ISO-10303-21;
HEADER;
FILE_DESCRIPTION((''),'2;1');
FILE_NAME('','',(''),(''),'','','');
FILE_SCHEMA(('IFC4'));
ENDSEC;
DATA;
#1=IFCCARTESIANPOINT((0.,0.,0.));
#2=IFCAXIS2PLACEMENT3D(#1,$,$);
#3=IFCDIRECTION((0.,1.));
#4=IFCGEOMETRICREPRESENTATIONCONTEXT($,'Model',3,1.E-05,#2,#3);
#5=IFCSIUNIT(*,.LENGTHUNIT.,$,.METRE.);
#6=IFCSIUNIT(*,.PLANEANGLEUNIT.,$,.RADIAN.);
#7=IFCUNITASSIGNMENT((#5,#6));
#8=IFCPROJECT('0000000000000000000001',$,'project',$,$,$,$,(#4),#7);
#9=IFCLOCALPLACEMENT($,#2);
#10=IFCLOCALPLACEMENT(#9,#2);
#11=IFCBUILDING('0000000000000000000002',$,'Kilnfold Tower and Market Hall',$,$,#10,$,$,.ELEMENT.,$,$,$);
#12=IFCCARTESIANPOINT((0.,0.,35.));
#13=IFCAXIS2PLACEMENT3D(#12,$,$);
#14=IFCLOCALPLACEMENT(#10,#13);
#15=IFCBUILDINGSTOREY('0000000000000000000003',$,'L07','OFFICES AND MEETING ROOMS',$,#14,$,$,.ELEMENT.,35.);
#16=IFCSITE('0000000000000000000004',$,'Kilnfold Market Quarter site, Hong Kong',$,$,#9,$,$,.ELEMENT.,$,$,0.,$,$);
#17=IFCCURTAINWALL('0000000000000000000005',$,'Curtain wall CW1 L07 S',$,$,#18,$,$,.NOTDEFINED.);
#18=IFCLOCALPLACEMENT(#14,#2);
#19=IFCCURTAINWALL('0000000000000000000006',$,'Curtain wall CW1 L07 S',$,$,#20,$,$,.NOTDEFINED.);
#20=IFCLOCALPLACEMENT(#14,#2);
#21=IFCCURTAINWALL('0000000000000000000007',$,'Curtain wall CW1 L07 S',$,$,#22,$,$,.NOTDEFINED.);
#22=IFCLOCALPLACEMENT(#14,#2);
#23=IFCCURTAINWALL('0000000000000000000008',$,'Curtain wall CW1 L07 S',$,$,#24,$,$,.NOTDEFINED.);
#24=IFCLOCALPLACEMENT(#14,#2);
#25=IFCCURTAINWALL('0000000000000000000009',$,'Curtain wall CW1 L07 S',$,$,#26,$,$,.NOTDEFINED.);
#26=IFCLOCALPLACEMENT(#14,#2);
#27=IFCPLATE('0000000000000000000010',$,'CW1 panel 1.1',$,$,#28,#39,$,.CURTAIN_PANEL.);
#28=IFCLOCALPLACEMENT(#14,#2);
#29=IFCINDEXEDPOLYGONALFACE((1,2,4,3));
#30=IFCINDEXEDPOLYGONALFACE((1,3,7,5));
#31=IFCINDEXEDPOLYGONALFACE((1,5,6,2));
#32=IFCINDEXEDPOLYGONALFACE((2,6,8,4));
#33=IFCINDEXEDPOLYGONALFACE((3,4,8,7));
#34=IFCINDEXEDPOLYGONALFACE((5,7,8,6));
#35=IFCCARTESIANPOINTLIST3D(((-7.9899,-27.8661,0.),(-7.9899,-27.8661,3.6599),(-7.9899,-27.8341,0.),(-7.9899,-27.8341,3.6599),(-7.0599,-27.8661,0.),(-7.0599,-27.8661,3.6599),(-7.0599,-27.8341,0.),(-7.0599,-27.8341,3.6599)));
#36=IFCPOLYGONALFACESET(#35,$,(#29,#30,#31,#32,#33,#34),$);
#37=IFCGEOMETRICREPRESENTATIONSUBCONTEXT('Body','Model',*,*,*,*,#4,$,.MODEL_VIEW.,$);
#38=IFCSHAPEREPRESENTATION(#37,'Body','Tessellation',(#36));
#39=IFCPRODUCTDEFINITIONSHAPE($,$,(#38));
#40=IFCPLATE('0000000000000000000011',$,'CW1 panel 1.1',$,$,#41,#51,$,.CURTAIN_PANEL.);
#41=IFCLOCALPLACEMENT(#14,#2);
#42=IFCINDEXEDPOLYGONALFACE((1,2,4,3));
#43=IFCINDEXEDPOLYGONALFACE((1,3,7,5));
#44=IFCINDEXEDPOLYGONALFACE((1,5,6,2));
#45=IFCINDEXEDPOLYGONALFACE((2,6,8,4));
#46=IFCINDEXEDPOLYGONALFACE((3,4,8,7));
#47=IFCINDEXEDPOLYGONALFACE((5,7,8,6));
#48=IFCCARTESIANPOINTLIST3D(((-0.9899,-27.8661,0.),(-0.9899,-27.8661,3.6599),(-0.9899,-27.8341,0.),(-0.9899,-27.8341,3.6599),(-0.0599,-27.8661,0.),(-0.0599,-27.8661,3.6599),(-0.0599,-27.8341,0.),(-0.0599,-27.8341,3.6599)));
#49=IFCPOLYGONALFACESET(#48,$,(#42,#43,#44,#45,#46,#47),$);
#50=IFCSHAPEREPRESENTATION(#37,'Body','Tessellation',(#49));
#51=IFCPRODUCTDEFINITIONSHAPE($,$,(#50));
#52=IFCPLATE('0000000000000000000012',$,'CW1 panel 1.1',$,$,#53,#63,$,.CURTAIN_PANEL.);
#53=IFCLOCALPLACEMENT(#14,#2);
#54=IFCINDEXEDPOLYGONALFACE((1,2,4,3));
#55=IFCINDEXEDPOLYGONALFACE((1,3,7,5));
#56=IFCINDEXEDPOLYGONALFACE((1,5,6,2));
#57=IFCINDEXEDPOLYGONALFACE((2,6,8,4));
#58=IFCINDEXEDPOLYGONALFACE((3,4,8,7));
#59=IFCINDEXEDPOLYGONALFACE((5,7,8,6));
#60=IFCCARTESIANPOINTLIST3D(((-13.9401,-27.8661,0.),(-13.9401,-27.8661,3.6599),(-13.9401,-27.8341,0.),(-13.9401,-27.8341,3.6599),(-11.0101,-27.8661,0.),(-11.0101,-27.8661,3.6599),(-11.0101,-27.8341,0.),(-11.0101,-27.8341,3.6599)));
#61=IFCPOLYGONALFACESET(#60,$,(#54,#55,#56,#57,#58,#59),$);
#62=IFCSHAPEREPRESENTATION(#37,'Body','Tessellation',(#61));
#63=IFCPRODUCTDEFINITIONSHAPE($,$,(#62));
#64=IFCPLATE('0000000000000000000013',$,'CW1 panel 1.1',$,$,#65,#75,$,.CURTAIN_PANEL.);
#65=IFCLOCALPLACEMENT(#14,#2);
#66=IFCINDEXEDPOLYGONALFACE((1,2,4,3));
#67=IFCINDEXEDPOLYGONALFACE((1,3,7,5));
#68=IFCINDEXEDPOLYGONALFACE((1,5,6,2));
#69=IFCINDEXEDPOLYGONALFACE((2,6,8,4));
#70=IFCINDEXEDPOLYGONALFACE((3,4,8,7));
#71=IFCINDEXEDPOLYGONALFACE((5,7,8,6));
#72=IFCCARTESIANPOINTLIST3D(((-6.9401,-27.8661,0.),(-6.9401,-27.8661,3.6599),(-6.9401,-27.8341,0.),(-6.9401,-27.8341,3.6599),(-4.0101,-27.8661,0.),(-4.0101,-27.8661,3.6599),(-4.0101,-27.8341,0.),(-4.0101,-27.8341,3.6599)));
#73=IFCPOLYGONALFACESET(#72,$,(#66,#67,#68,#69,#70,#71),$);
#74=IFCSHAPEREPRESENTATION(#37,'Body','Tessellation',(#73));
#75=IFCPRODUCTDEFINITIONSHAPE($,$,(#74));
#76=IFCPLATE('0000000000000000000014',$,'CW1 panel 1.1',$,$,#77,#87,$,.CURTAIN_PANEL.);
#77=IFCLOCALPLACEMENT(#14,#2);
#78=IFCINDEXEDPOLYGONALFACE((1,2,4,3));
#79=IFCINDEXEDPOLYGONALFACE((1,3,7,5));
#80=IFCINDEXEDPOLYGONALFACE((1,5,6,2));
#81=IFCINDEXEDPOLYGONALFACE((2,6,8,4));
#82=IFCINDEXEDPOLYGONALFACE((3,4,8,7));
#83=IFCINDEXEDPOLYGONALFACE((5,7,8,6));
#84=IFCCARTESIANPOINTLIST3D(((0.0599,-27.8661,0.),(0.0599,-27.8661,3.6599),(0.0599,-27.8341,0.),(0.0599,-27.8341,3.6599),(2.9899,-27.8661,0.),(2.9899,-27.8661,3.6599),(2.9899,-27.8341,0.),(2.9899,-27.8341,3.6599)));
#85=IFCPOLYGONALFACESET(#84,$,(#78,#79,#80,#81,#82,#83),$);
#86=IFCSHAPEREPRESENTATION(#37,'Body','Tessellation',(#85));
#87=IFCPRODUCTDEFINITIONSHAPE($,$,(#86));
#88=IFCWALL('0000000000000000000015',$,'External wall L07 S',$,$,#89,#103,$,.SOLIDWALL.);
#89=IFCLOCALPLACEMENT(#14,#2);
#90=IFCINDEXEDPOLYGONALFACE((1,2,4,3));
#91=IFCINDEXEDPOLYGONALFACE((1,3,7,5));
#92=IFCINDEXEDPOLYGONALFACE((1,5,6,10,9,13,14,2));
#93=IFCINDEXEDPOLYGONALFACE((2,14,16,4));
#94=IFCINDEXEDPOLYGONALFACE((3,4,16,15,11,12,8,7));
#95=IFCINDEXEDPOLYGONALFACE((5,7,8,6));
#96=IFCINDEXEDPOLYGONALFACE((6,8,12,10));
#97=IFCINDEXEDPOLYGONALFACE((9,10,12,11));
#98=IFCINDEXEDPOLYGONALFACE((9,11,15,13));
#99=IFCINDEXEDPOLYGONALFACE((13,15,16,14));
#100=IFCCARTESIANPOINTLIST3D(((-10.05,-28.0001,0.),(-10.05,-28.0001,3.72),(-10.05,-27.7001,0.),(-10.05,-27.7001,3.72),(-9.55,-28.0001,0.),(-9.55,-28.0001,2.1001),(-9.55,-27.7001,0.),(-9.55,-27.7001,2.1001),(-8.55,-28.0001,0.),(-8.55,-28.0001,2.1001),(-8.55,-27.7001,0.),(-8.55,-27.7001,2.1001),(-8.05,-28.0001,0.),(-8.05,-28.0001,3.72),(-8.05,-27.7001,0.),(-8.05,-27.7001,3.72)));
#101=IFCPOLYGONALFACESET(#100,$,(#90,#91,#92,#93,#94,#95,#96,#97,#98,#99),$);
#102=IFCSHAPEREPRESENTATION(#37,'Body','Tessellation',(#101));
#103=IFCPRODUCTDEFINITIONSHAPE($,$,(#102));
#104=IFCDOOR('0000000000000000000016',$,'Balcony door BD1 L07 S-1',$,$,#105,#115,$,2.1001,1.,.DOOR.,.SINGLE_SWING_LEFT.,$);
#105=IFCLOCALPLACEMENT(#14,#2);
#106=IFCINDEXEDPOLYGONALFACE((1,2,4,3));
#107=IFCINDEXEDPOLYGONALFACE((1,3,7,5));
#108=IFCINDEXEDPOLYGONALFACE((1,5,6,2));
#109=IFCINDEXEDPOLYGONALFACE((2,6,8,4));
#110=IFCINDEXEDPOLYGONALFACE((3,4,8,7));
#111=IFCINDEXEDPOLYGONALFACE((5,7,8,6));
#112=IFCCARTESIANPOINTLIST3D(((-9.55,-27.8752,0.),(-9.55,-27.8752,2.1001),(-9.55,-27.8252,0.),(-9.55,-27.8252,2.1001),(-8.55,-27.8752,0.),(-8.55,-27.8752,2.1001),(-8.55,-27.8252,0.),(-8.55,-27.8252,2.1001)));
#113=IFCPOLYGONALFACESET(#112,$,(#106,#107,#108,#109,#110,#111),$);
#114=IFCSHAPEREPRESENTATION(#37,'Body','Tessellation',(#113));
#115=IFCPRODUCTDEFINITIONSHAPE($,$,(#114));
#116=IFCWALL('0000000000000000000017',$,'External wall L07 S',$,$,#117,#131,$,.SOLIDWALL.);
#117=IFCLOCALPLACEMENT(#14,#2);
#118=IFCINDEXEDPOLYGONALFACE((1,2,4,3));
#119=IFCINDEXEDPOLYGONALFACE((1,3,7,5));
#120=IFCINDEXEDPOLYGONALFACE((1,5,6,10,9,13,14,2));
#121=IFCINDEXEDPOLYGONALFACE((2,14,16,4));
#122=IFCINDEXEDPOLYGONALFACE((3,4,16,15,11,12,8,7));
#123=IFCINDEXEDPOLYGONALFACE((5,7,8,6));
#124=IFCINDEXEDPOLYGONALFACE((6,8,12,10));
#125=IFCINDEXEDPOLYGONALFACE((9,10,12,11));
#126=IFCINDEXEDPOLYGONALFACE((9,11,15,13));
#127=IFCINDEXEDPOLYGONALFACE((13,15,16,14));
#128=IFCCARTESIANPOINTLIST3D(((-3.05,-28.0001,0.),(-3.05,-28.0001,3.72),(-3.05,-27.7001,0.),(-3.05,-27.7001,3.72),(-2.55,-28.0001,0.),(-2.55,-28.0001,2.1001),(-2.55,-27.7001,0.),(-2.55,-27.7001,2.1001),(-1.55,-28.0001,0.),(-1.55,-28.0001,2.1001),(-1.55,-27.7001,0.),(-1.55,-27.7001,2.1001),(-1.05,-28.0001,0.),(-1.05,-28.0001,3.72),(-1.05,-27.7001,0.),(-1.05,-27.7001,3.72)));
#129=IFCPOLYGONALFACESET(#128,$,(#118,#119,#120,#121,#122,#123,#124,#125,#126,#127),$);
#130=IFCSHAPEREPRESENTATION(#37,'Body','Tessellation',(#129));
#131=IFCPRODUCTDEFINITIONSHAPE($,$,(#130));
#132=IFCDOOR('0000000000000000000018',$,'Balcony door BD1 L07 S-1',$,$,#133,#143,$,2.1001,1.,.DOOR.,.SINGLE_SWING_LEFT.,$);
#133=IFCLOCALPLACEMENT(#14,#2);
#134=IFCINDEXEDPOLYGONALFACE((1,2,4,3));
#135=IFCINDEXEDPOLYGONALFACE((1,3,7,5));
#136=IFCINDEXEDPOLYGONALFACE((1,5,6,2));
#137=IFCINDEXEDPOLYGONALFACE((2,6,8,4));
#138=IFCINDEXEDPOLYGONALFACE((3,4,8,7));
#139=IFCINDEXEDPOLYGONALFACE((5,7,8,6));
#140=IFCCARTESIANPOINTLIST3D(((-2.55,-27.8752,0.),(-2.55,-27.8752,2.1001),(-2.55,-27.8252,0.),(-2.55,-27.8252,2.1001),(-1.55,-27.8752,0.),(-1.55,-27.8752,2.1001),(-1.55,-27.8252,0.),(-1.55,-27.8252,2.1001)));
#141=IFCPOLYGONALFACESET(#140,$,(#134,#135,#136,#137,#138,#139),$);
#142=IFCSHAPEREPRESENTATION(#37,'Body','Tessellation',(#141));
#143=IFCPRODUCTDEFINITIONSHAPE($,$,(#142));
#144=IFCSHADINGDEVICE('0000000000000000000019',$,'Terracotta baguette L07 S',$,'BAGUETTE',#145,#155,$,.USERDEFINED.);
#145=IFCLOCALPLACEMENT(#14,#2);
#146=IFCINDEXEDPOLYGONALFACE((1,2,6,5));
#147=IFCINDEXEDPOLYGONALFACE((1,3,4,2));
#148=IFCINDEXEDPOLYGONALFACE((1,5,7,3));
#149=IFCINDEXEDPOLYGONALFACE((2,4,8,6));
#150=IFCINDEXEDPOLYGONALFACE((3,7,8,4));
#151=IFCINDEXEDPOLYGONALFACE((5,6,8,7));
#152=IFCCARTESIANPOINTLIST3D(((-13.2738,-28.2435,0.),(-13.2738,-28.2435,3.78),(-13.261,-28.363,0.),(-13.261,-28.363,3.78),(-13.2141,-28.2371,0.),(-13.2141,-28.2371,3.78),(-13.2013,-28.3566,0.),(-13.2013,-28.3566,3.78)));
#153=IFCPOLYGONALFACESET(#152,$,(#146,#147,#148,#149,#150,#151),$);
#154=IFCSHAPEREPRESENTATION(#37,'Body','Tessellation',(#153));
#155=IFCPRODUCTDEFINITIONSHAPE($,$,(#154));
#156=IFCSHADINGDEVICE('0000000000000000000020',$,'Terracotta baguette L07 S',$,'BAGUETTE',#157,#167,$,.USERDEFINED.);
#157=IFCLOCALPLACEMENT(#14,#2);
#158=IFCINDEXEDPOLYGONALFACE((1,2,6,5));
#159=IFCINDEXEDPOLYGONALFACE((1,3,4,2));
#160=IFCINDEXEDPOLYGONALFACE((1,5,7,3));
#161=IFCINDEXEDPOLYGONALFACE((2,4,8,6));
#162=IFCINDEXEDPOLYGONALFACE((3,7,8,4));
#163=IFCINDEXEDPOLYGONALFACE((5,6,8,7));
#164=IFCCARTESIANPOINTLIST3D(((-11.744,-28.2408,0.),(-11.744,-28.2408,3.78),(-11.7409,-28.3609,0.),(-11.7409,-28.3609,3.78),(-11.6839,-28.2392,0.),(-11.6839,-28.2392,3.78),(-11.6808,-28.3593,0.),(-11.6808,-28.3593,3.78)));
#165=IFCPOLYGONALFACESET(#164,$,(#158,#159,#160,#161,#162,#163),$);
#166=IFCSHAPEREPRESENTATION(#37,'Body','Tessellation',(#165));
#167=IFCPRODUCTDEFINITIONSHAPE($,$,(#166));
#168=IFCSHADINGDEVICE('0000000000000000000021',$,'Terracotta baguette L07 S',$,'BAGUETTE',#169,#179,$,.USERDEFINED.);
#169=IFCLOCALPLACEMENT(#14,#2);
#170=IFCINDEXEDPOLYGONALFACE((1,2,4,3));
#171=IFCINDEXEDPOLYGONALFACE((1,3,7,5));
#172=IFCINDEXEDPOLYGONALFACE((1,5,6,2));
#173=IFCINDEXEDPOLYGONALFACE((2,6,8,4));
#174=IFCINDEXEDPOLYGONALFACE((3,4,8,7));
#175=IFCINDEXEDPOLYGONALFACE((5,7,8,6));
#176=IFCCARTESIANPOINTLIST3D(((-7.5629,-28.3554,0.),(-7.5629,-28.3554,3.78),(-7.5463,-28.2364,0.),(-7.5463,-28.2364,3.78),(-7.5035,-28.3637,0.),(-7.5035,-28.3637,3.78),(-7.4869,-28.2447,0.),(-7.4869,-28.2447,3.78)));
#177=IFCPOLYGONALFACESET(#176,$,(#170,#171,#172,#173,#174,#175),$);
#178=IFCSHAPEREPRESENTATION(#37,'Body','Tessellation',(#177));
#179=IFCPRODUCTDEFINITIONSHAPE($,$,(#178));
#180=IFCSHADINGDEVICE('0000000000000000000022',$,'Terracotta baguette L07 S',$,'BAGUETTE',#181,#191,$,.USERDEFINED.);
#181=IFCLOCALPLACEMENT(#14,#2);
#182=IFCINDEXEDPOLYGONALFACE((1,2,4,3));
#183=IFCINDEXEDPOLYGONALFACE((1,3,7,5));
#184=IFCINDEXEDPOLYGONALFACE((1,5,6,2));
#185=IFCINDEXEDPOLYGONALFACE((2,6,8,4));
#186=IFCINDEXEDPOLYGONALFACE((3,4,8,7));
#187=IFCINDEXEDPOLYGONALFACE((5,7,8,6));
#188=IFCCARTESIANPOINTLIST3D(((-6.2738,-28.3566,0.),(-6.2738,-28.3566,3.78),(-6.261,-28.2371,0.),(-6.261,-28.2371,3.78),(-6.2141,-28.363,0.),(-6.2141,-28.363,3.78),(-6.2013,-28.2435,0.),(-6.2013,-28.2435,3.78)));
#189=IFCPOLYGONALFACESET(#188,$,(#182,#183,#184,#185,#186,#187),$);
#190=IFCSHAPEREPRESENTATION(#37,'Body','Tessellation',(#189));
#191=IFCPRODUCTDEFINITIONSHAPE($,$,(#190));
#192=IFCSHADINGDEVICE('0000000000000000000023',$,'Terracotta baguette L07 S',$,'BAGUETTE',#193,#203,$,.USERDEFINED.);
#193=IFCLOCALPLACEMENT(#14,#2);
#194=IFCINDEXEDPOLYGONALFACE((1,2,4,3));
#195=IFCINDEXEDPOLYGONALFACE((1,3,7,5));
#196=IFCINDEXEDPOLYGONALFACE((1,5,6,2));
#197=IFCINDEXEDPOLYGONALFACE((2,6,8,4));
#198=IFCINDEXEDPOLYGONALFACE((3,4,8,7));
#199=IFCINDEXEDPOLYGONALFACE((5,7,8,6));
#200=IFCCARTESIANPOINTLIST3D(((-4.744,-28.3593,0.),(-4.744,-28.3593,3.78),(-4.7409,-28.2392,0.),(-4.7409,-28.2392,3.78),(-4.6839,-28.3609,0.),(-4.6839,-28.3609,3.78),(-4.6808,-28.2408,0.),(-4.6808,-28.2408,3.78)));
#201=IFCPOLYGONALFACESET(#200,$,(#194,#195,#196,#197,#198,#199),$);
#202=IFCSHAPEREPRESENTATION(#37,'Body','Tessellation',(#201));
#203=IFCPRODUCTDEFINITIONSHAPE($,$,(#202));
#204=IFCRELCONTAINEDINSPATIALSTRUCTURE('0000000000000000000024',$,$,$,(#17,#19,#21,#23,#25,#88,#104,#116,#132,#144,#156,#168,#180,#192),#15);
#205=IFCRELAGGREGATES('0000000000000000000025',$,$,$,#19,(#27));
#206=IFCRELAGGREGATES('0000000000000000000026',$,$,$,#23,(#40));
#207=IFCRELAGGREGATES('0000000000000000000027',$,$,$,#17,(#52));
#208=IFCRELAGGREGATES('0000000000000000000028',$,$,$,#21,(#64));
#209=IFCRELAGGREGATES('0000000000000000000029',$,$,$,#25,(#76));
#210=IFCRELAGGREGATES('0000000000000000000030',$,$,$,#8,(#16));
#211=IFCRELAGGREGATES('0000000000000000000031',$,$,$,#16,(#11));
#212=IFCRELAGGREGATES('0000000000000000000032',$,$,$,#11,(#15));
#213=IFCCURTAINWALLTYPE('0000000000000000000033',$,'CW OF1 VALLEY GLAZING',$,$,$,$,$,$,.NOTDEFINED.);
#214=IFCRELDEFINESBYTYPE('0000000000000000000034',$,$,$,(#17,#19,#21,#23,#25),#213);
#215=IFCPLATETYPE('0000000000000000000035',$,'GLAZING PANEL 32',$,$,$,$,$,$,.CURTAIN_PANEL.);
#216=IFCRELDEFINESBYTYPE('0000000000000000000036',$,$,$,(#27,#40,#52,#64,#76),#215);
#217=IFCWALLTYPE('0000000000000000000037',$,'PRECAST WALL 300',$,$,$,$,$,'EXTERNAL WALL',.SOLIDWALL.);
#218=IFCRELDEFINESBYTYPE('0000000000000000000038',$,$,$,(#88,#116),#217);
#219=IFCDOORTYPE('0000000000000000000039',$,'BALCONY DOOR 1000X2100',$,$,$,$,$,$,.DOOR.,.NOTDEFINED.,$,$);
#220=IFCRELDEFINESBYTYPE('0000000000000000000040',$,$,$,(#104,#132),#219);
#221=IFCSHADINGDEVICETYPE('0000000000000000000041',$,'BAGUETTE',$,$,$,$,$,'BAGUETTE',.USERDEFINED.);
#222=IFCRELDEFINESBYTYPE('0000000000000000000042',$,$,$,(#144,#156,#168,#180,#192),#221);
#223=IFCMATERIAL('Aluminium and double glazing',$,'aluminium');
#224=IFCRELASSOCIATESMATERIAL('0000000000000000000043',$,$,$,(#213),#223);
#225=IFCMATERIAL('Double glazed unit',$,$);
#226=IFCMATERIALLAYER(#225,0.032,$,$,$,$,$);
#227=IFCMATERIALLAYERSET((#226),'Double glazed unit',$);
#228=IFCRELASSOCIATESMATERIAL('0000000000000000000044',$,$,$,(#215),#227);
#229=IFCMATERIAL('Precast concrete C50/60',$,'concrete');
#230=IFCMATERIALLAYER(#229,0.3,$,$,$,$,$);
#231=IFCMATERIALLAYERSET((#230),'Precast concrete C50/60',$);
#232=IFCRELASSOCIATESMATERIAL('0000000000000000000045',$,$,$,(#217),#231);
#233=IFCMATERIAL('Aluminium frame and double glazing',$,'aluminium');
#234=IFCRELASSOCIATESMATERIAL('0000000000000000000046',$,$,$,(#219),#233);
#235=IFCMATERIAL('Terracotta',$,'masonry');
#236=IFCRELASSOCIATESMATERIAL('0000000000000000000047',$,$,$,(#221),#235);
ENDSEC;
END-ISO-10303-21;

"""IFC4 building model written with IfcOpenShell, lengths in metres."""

from ifc_helpers import new_model, si_unit, direction, frame, frame_2d, origin, origin_2d, place, context, subcontext, project, spatial, rectangle, extrude, source, transform, mapped, material, layer, layer_set, material_profile, profile_set, type_object, element, fill, aggregate, save


model = new_model("IFC4")

# Units and contexts
model_context = context("Model", 3, precision=1e-05, world=origin(), true_north=direction((0.0, 1.0)))
body_context = subcontext(model_context, "Body", "Model", "MODEL_VIEW")
ifc_project = project(units=[si_unit("LENGTHUNIT", "METRE"), si_unit("PLANEANGLEUNIT", "RADIAN")], contexts=[model_context])

# Site, building, storey
site_placement = place(None, origin())
site = spatial("IfcSite", under=ifc_project, at=site_placement, Name="Kilnfold Market Quarter site, Hong Kong", CompositionType="ELEMENT", RefElevation=0.0)
building_placement = place(site_placement, origin())
building = spatial("IfcBuilding", under=site, at=building_placement, Name="Kilnfold Tower and Market Hall", CompositionType="ELEMENT")
storey_placement = place(building_placement, frame((0.0, 0.0, 35.0)))
storey = spatial("IfcBuildingStorey", under=building, at=storey_placement, Name="L07", Description="OFFICES AND MEETING ROOMS", CompositionType="ELEMENT", Elevation=35.0)

# Curtain wall
ifc_material_1 = material(Name="Aluminium and double glazing", Category="aluminium")
curtain_wall_type = type_object("IfcCurtainWallType", Name="CW OF1 VALLEY GLAZING", PredefinedType="NOTDEFINED", material=ifc_material_1)
curtain_wall_1_placement = place(storey_placement, origin())
curtain_wall_1 = element("IfcCurtainWall", 1, at=curtain_wall_1_placement, inside=storey, type_object=curtain_wall_type, Name="Curtain wall CW1 L07 S", PredefinedType="NOTDEFINED")

# Curtain walls
curtain_wall_2_placement = place(storey_placement, origin())
curtain_wall_2 = element("IfcCurtainWall", 2, at=curtain_wall_2_placement, inside=storey, type_object=curtain_wall_type, Name="Curtain wall CW1 L07 S", PredefinedType="NOTDEFINED")
curtain_wall_3_placement = place(storey_placement, origin())
curtain_wall_3 = element("IfcCurtainWall", 3, at=curtain_wall_3_placement, inside=storey, type_object=curtain_wall_type, Name="Curtain wall CW1 L07 S", PredefinedType="NOTDEFINED")
curtain_wall_4_placement = place(storey_placement, origin())
curtain_wall_4 = element("IfcCurtainWall", 4, at=curtain_wall_4_placement, inside=storey, type_object=curtain_wall_type, Name="Curtain wall CW1 L07 S", PredefinedType="NOTDEFINED")
curtain_wall_5_placement = place(storey_placement, origin())
curtain_wall_5 = element("IfcCurtainWall", 5, at=curtain_wall_5_placement, inside=storey, type_object=curtain_wall_type, Name="Curtain wall CW1 L07 S", PredefinedType="NOTDEFINED")

# Plates
ifc_material_2 = material(Name="Double glazed unit")
ifc_layer_1 = layer(ifc_material_2, 0.032)
ifc_layer_set_1 = layer_set([ifc_layer_1], Name="Double glazed unit")
plate_type = type_object("IfcPlateType", Name="GLAZING PANEL 32", PredefinedType="CURTAIN_PANEL", material=ifc_layer_set_1)
shared_shape_1 = source(origin(), body_context, "Body", "SweptSolid", [
    extrude(rectangle(XDim=0.9299, YDim=0.032, at=origin_2d()), origin(), (0.0, 0.0, 1.0), 3.6599),
])
plate_1_placement = place(storey_placement, frame((-7.5249, -27.8501, 0.0), z_axis=(0.0, 0.0, 1.0), x_axis=(1.0, 0.0, 0.0)))
plate_1 = element("IfcPlate", 6, at=plate_1_placement, type_object=plate_type, Name="CW1 panel 1.1", PredefinedType="CURTAIN_PANEL", context=body_context, shape_type="MappedRepresentation", body=[
    mapped(shared_shape_1, transform((0.0, 0.0, 0.0))),
])
aggregate(curtain_wall_2, [plate_1])
plate_2_placement = place(storey_placement, frame((-0.5249, -27.8501, 0.0), z_axis=(0.0, 0.0, 1.0), x_axis=(1.0, 0.0, 0.0)))
plate_2 = element("IfcPlate", 7, at=plate_2_placement, type_object=plate_type, Name="CW1 panel 1.1", PredefinedType="CURTAIN_PANEL", context=body_context, shape_type="MappedRepresentation", body=[
    mapped(shared_shape_1, transform((0.0, 0.0, 0.0))),
])
aggregate(curtain_wall_4, [plate_2])
shared_shape_2 = source(origin(), body_context, "Body", "SweptSolid", [
    extrude(rectangle(XDim=2.9299, YDim=0.032, at=origin_2d()), origin(), (0.0, 0.0, 1.0), 3.6599),
])
plate_3_placement = place(storey_placement, frame((-12.4751, -27.8501, 0.0), z_axis=(0.0, 0.0, 1.0), x_axis=(1.0, 0.0, 0.0)))
plate_3 = element("IfcPlate", 8, at=plate_3_placement, type_object=plate_type, Name="CW1 panel 1.1", PredefinedType="CURTAIN_PANEL", context=body_context, shape_type="MappedRepresentation", body=[
    mapped(shared_shape_2, transform((0.0, 0.0, 0.0))),
])
aggregate(curtain_wall_1, [plate_3])
plate_4_placement = place(storey_placement, frame((-5.4751, -27.8501, 0.0), z_axis=(0.0, 0.0, 1.0), x_axis=(1.0, 0.0, 0.0)))
plate_4 = element("IfcPlate", 9, at=plate_4_placement, type_object=plate_type, Name="CW1 panel 1.1", PredefinedType="CURTAIN_PANEL", context=body_context, shape_type="MappedRepresentation", body=[
    mapped(shared_shape_2, transform((0.0, 0.0, 0.0))),
])
aggregate(curtain_wall_3, [plate_4])
plate_5_placement = place(storey_placement, frame((1.5249, -27.8501, 0.0), z_axis=(0.0, 0.0, 1.0), x_axis=(1.0, 0.0, 0.0)))
plate_5 = element("IfcPlate", 10, at=plate_5_placement, type_object=plate_type, Name="CW1 panel 1.1", PredefinedType="CURTAIN_PANEL", context=body_context, shape_type="MappedRepresentation", body=[
    mapped(shared_shape_2, transform((0.0, 0.0, 0.0))),
])
aggregate(curtain_wall_5, [plate_5])

# Walls, openings, doors
ifc_material_3 = material(Name="Precast concrete C50/60", Category="concrete")
ifc_layer_2 = layer(ifc_material_3, 0.3)
ifc_layer_set_2 = layer_set([ifc_layer_2], Name="Precast concrete C50/60")
wall_type = type_object("IfcWallType", Name="PRECAST WALL 300", ElementType="EXTERNAL WALL", PredefinedType="SOLIDWALL", material=ifc_layer_set_2)
shared_shape_3 = source(origin(), body_context, "Body", "SweptSolid", [
    extrude(rectangle(XDim=2.0, YDim=0.3, at=frame_2d((1.0, 0.0))), origin(), (0.0, 0.0, 1.0), 3.72),
])
wall_1_placement = place(storey_placement, frame((-10.05, -27.8501, 0.0), z_axis=(0.0, 0.0, 1.0), x_axis=(1.0, 0.0, 0.0)))
wall_1 = element("IfcWall", 11, at=wall_1_placement, inside=storey, type_object=wall_type, Name="External wall L07 S", PredefinedType="SOLIDWALL", context=body_context, shape_type="MappedRepresentation", body=[
    mapped(shared_shape_3, transform((0.0, 0.0, 0.0))),
])
opening_1_placement = place(wall_1_placement, frame((0.5, 0.0, 0.0)))
opening_1 = element("IfcOpeningElement", 12, at=opening_1_placement, cuts=wall_1, PredefinedType="OPENING", context=body_context, shape_type="SweptSolid", body=[
    extrude(rectangle(XDim=1.0, YDim=2.1001, at=frame_2d((0.5, 1.05))), frame((0.0, 0.1602, 0.0), z_axis=(0.0, -1.0, 0.0), x_axis=(1.0, 0.0, 0.0)), (0.0, 0.0, 1.0), 0.3201),
])
ifc_material_4 = material(Name="Aluminium frame and double glazing", Category="aluminium")
door_type = type_object("IfcDoorType", Name="BALCONY DOOR 1000X2100", OperationType="NOTDEFINED", PredefinedType="DOOR", material=ifc_material_4)
door_1_placement = place(opening_1_placement, origin())
door_1 = element("IfcDoor", 13, at=door_1_placement, inside=storey, type_object=door_type, Name="Balcony door BD1 L07 S-1", OperationType="SINGLE_SWING_LEFT", OverallHeight=2.1001, OverallWidth=1.0, PredefinedType="DOOR", context=body_context, shape_type="SweptSolid", body=[
    extrude(rectangle(XDim=1.0, YDim=2.1001, at=frame_2d((0.5, 1.05))), frame((0.0, 0.0249, 0.0), z_axis=(0.0, -1.0, 0.0), x_axis=(1.0, 0.0, 0.0)), (0.0, 0.0, 1.0), 0.05),
])
fill(opening_1, door_1)
wall_2_placement = place(storey_placement, frame((-3.05, -27.8501, 0.0), z_axis=(0.0, 0.0, 1.0), x_axis=(1.0, 0.0, 0.0)))
wall_2 = element("IfcWall", 14, at=wall_2_placement, inside=storey, type_object=wall_type, Name="External wall L07 S", PredefinedType="SOLIDWALL", context=body_context, shape_type="MappedRepresentation", body=[
    mapped(shared_shape_3, transform((0.0, 0.0, 0.0))),
])
opening_2_placement = place(wall_2_placement, frame((0.5, 0.0, 0.0)))
opening_2 = element("IfcOpeningElement", 15, at=opening_2_placement, cuts=wall_2, PredefinedType="OPENING", context=body_context, shape_type="SweptSolid", body=[
    extrude(rectangle(XDim=1.0, YDim=2.1001, at=frame_2d((0.5, 1.05))), frame((0.0, 0.1602, 0.0), z_axis=(0.0, -1.0, 0.0), x_axis=(1.0, 0.0, 0.0)), (0.0, 0.0, 1.0), 0.3201),
])
door_2_placement = place(opening_2_placement, origin())
door_2 = element("IfcDoor", 16, at=door_2_placement, inside=storey, type_object=door_type, Name="Balcony door BD1 L07 S-1", OperationType="SINGLE_SWING_LEFT", OverallHeight=2.1001, OverallWidth=1.0, PredefinedType="DOOR", context=body_context, shape_type="SweptSolid", body=[
    extrude(rectangle(XDim=1.0, YDim=2.1001, at=frame_2d((0.5, 1.05))), frame((0.0, 0.0249, 0.0), z_axis=(0.0, -1.0, 0.0), x_axis=(1.0, 0.0, 0.0)), (0.0, 0.0, 1.0), 0.05),
])
fill(opening_2, door_2)

# Shading devices
ifc_material_5 = material(Name="Terracotta", Category="masonry")
ifc_material_profile_1 = material_profile(ifc_material_5, rectangle(XDim=0.0601, YDim=0.1201, at=origin_2d()), Name="BAG 60x120")
ifc_profile_set_1 = profile_set([ifc_material_profile_1], Name="Terracotta")
shading_device_type = type_object("IfcShadingDeviceType", Name="BAGUETTE", ElementType="BAGUETTE", PredefinedType="USERDEFINED", material=ifc_profile_set_1)
shared_shape_4 = source(origin(), body_context, "Body", "SweptSolid", [
    extrude(rectangle(XDim=0.0601, YDim=0.1201, at=origin_2d()), origin(), (0.0, 0.0, 1.0), 3.78),
])
for number, where, z_axis, x_axis, name in (
    (17, (-13.2375, -28.3, 0.0), (0.0, 0.0, 1.0), (0.994307, 0.106557, 0.0), "Terracotta baguette L07 S"),
    (18, (-11.7124, -28.3, 0.0), (0.0, 0.0, 1.0), (0.999667, 0.025821, 0.0), "Terracotta baguette L07 S"),
    (19, (-7.5249, -28.3, 0.0), (0.0, 0.0, 1.0), (0.990413, -0.138136, 0.0), "Terracotta baguette L07 S"),
    (20, (-6.2375, -28.3, 0.0), (0.0, 0.0, 1.0), (0.994307, -0.106557, 0.0), "Terracotta baguette L07 S"),
    (21, (-4.7124, -28.3, 0.0), (0.0, 0.0, 1.0), (0.999667, -0.025821, 0.0), "Terracotta baguette L07 S"),
):
    element("IfcShadingDevice", number, at=place(storey_placement, frame(where, z_axis=z_axis, x_axis=x_axis)), inside=storey, type_object=shading_device_type, Name=name, ObjectType="BAGUETTE", PredefinedType="USERDEFINED", context=body_context, shape_type="MappedRepresentation", body=[
        mapped(shared_shape_4, transform((0.0, 0.0, 0.0))),
    ])

save(model, "model.ifc")
